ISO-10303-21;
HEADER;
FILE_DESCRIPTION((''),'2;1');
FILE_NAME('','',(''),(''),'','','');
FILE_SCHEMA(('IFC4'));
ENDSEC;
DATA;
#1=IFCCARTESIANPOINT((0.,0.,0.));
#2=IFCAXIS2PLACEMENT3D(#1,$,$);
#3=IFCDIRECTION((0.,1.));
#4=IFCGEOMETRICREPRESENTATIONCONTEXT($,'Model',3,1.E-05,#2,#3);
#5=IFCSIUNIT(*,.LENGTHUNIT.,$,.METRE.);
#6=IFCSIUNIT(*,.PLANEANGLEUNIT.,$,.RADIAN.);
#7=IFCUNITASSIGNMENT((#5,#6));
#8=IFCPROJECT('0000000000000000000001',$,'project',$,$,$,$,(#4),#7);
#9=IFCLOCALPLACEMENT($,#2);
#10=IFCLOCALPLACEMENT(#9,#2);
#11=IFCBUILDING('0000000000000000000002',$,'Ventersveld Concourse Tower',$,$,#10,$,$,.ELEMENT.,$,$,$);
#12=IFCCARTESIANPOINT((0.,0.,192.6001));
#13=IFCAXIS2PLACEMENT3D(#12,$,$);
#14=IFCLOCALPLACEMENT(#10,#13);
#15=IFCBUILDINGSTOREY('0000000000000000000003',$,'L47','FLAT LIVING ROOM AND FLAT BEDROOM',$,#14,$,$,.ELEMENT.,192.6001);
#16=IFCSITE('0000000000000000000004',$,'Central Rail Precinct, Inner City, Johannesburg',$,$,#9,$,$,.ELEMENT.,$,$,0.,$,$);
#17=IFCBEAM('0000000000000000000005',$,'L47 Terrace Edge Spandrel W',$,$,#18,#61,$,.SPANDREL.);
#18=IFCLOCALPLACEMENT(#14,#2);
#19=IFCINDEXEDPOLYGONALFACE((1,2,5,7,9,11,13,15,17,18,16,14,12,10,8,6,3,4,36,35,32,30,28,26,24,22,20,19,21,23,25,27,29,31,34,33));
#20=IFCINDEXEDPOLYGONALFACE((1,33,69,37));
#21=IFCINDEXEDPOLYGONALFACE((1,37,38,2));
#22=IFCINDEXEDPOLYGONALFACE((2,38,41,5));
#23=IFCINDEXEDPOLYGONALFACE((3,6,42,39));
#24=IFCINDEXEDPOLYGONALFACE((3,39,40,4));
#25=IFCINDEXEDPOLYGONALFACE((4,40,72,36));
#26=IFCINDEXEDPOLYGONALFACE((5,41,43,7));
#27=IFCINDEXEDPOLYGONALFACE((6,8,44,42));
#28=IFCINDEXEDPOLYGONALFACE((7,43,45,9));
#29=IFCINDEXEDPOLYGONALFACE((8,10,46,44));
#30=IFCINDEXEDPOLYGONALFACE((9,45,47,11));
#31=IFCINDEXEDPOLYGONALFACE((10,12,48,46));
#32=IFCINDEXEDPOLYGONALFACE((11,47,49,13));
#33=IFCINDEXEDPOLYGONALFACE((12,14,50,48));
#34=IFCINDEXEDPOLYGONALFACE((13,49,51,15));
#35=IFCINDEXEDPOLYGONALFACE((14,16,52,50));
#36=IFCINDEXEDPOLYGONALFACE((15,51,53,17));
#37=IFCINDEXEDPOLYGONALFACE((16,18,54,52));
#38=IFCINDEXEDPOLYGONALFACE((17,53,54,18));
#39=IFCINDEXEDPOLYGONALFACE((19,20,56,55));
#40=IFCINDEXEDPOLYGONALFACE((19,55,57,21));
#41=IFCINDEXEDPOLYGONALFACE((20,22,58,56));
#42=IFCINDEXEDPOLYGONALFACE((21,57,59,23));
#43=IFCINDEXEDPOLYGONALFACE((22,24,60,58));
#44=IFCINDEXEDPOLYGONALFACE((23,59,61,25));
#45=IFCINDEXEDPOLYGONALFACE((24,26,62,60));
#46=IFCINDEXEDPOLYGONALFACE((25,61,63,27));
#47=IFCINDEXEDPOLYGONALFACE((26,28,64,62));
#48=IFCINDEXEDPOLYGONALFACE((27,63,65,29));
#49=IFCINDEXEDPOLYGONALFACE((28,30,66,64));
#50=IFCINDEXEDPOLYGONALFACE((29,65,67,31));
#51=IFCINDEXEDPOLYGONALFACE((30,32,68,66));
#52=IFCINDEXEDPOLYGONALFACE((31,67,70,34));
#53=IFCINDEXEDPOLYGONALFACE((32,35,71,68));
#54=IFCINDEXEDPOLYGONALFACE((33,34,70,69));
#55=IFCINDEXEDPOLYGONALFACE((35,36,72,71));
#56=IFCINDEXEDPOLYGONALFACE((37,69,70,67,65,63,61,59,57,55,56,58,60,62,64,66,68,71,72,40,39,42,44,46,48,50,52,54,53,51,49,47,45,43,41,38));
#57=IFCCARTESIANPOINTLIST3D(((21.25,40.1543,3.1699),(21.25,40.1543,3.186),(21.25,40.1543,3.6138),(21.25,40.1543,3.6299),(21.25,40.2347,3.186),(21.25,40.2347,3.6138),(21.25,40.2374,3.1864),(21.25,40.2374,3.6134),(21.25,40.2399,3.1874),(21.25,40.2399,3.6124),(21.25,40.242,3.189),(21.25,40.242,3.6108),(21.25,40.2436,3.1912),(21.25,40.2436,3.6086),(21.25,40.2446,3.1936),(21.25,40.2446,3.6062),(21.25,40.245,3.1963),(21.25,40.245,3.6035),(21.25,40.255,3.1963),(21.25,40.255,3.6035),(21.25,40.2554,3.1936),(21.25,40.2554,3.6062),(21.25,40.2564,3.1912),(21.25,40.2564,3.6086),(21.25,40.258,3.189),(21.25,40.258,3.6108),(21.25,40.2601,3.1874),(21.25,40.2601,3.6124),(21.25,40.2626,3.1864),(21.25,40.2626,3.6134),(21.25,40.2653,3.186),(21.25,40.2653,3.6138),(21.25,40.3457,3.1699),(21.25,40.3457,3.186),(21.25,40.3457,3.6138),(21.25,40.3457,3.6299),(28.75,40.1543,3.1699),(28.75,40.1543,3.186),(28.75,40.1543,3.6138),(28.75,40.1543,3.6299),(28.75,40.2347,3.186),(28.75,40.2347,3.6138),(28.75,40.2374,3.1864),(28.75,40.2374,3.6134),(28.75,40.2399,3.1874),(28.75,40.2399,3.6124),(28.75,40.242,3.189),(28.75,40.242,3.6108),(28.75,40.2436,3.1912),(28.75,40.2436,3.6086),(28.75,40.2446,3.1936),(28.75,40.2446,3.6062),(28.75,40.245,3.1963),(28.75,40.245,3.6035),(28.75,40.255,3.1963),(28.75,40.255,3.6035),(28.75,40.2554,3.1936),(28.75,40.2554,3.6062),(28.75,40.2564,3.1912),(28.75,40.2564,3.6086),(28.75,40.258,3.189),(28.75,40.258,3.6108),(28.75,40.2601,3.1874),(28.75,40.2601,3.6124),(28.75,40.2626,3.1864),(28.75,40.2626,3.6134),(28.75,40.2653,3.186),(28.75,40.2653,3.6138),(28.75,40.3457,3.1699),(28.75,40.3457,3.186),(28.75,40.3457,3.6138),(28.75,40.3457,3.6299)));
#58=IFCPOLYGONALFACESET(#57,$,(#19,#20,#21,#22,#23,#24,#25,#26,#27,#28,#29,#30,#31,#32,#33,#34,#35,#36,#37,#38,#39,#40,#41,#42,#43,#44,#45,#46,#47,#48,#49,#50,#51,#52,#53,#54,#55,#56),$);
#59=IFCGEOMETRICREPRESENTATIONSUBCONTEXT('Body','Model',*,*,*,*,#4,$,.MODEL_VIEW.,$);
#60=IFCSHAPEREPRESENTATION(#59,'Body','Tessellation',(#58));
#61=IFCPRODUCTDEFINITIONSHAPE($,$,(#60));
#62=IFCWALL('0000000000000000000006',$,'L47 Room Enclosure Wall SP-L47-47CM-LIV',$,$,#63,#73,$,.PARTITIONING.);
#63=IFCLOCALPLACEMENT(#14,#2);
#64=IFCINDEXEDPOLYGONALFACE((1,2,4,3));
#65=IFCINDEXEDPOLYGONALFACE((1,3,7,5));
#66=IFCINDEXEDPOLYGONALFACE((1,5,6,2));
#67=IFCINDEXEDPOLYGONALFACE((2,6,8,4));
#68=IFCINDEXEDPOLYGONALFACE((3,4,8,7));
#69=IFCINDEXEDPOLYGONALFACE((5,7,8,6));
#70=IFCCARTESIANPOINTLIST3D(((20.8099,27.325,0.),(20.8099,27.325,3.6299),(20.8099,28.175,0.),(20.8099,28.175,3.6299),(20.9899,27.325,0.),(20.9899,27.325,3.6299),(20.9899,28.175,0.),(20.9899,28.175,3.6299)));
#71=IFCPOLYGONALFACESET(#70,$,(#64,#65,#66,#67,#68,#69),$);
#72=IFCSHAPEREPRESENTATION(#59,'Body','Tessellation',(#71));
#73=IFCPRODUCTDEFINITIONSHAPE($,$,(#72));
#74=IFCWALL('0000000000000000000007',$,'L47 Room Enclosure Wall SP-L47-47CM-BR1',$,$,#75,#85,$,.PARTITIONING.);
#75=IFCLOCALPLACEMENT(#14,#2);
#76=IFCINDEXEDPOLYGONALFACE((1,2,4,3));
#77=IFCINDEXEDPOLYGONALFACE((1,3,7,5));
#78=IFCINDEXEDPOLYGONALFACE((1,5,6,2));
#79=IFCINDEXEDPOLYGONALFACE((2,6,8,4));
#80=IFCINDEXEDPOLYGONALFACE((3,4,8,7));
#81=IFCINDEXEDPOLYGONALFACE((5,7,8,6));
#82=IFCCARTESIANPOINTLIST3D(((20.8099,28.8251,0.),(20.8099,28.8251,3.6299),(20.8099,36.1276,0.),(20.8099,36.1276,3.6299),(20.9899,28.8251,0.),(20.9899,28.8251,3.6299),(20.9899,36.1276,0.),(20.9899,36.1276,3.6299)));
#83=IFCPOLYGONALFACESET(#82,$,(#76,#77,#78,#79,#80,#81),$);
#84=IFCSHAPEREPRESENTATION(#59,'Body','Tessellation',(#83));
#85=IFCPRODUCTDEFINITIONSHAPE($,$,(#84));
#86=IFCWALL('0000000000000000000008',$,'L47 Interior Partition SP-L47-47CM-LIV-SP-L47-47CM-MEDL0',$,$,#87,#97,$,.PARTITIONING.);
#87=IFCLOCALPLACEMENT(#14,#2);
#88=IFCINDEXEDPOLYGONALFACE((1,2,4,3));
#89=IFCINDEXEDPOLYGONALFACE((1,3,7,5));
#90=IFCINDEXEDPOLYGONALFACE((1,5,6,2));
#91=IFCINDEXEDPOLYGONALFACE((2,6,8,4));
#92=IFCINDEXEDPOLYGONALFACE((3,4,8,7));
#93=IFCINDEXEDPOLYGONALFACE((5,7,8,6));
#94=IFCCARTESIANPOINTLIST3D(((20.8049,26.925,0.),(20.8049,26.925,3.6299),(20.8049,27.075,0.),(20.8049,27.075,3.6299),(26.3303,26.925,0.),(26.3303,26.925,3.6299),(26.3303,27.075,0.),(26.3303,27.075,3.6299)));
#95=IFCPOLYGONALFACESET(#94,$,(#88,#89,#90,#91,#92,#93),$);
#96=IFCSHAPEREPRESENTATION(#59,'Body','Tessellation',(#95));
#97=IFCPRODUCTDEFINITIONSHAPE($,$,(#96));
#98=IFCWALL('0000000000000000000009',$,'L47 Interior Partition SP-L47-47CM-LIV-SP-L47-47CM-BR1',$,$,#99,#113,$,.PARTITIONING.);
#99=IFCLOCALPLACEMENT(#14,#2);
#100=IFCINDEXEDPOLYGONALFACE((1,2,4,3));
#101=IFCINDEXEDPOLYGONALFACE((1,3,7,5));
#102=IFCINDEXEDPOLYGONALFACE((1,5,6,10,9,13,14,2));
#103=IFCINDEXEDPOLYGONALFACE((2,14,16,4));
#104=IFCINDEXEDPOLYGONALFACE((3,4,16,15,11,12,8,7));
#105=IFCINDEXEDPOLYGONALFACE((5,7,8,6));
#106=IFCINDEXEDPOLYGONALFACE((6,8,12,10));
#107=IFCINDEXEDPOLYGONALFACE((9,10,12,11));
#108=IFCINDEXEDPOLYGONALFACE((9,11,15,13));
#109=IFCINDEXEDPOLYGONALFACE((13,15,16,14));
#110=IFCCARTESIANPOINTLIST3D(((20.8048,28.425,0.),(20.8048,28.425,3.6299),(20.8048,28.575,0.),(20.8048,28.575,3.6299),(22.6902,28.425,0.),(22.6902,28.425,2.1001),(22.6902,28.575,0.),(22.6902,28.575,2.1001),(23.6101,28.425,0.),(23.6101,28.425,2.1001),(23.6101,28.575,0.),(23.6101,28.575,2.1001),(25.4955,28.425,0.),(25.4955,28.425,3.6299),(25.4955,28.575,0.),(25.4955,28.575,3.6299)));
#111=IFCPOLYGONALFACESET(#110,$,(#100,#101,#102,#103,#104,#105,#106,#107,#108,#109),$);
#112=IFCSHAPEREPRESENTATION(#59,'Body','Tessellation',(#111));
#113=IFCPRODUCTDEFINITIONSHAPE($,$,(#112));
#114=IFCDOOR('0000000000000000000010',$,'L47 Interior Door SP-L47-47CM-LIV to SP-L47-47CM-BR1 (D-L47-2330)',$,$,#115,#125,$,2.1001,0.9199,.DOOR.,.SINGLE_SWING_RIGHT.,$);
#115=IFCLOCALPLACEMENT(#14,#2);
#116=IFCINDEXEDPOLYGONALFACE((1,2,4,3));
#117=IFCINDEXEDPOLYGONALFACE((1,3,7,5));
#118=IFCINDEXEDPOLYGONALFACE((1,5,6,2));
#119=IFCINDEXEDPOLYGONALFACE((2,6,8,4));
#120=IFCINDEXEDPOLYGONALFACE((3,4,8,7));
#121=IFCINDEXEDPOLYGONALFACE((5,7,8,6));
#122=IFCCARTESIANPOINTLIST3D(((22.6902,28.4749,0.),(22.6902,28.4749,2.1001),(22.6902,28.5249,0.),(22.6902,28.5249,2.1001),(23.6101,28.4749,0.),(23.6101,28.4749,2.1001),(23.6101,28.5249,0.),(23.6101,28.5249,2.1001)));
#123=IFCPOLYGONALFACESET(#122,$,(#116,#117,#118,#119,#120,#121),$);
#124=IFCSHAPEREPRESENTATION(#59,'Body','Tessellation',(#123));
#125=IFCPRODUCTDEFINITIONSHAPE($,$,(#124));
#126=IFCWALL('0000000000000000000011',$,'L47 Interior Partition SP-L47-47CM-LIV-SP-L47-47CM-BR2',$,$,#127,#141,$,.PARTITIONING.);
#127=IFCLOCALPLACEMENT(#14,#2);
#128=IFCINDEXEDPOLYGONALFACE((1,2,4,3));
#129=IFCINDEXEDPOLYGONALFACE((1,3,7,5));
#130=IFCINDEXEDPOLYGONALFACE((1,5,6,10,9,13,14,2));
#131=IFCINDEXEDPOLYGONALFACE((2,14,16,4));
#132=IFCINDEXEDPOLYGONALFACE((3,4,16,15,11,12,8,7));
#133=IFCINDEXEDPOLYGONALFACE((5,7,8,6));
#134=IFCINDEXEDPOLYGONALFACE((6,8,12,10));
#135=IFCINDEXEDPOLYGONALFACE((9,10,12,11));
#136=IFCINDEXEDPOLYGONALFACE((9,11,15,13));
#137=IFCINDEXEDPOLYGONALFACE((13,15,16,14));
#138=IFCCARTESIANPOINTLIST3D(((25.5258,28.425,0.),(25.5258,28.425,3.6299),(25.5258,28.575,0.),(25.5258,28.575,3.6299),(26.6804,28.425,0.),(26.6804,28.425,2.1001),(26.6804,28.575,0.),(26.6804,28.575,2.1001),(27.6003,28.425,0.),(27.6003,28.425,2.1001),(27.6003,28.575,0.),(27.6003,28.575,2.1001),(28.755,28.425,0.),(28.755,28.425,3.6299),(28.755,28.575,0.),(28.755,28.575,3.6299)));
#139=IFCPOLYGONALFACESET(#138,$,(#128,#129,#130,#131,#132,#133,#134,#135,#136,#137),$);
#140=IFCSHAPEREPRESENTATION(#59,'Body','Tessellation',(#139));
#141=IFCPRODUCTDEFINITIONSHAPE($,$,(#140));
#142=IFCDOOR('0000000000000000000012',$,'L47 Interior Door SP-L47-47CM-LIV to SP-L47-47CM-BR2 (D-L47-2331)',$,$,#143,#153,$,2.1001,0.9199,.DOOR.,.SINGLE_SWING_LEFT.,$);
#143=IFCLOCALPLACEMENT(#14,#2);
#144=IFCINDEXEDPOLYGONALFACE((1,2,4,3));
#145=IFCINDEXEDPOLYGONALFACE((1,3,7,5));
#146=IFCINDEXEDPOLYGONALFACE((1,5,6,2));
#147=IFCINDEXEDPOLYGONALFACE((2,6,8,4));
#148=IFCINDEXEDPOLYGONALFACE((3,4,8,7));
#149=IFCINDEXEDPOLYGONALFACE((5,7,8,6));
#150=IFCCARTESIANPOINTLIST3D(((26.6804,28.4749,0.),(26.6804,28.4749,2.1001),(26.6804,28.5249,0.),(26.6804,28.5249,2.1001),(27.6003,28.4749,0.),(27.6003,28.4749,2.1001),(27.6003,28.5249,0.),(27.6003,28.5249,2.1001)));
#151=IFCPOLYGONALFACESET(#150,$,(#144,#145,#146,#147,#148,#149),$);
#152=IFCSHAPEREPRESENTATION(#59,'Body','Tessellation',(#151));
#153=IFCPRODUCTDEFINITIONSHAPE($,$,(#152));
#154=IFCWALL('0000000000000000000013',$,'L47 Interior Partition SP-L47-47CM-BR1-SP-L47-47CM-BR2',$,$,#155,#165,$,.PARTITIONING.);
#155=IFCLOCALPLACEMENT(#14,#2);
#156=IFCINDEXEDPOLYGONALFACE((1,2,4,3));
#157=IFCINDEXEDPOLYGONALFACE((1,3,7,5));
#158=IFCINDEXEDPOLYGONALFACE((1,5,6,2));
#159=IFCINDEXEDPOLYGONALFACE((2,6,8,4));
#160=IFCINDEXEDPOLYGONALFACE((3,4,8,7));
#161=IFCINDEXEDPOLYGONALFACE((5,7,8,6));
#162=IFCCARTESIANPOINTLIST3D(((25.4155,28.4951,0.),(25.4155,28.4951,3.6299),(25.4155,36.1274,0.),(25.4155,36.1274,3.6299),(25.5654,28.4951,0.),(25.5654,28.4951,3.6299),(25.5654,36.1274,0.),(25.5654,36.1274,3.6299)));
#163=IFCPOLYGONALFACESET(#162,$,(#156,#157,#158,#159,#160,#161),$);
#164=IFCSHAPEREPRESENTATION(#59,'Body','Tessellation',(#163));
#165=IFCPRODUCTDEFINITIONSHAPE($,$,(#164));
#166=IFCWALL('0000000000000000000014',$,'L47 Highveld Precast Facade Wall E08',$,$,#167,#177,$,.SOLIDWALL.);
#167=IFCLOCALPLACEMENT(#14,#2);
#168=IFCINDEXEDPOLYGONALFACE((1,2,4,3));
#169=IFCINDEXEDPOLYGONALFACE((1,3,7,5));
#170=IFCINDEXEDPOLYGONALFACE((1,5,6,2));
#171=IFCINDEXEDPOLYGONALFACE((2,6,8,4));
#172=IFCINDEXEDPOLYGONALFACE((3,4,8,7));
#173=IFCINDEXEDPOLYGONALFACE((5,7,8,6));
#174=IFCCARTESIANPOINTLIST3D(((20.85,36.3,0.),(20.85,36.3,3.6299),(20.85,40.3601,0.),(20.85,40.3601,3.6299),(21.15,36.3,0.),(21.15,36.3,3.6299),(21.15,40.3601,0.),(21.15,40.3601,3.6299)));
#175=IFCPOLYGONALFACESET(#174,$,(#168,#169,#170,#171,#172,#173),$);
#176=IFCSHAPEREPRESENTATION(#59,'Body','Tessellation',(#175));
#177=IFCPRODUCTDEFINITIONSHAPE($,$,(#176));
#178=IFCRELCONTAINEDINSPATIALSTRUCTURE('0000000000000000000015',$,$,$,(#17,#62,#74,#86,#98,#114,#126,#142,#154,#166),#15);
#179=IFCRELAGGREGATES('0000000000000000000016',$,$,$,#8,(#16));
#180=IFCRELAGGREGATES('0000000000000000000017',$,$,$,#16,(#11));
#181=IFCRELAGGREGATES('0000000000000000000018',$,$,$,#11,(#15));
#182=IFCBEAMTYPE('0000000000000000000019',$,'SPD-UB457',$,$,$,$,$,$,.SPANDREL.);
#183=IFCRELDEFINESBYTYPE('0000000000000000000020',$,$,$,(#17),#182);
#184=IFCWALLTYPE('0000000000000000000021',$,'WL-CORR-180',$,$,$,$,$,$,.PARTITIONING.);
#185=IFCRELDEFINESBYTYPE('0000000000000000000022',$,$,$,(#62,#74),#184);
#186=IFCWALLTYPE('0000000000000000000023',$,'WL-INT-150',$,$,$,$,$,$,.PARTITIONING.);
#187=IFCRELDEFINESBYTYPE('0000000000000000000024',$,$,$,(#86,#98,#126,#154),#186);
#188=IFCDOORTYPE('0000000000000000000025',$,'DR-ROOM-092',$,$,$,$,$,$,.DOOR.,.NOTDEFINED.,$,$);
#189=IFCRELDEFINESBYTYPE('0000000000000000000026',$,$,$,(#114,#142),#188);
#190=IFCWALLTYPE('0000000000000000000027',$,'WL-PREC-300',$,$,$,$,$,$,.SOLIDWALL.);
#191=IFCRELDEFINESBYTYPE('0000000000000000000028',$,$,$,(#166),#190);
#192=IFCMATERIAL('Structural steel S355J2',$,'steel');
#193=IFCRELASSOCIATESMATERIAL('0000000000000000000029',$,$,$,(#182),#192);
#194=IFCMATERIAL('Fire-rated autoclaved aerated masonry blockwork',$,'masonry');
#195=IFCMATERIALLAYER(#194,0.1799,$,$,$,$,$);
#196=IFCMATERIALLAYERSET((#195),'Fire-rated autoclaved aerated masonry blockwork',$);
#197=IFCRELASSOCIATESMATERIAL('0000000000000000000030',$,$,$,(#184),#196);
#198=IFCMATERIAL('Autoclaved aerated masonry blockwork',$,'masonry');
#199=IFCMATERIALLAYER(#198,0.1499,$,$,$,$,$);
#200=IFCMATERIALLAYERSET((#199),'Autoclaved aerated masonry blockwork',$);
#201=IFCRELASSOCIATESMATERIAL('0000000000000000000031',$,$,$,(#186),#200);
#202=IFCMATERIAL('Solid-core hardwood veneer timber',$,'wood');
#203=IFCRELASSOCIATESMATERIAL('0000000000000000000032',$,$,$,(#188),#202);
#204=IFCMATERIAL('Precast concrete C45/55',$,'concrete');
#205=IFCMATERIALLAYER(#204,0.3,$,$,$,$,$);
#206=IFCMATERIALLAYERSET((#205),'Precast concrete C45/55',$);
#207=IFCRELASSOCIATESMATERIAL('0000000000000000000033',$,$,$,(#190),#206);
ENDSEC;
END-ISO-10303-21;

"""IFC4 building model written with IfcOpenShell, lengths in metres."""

from ifc_helpers import new_model, si_unit, direction, frame, frame_2d, origin, origin_2d, place, context, subcontext, project, spatial, rectangle, i_section, extrude, material, layer, layer_set, material_profile, profile_set, type_object, element, fill, save


model = new_model("IFC4")

# Units and contexts
model_context = context("Model", 3, precision=1e-05, world=origin(), true_north=direction((0.0, 1.0)))
body_context = subcontext(model_context, "Body", "Model", "MODEL_VIEW")
ifc_project = project(units=[si_unit("LENGTHUNIT", "METRE"), si_unit("PLANEANGLEUNIT", "RADIAN")], contexts=[model_context])

# Site, building, storey
site_placement = place(None, origin())
site = spatial("IfcSite", under=ifc_project, at=site_placement, Name="Central Rail Precinct, Inner City, Johannesburg", CompositionType="ELEMENT", RefElevation=0.0)
building_placement = place(site_placement, origin())
building = spatial("IfcBuilding", under=site, at=building_placement, Name="Ventersveld Concourse Tower", CompositionType="ELEMENT")
storey_placement = place(building_placement, frame((0.0, 0.0, 192.6001)))
storey = spatial("IfcBuildingStorey", under=building, at=storey_placement, Name="L47", Description="FLAT LIVING ROOM AND FLAT BEDROOM", CompositionType="ELEMENT", Elevation=192.6001)

# Beam
ifc_material_1 = material(Name="Structural steel S355J2", Category="steel")
ifc_material_profile_1 = material_profile(ifc_material_1, i_section(OverallWidth=0.1914, OverallDepth=0.46, WebThickness=0.01, FlangeThickness=0.0161, FilletRadius=0.0103, at=origin_2d()), Name="UB 457x191x82")
ifc_profile_set_1 = profile_set([ifc_material_profile_1], Name="Structural steel S355J2")
beam_type_1 = type_object("IfcBeamType", Name="SPD-UB457", PredefinedType="SPANDREL", material=ifc_profile_set_1)
beam_1_placement = place(storey_placement, frame((21.25, 40.25, 3.3999), z_axis=(1.0, 0.0, 0.0), x_axis=(0.0, 1.0, 0.0)))
element("IfcBeam", 1, at=beam_1_placement, inside=storey, type_object=beam_type_1, Name="L47 Terrace Edge Spandrel W", PredefinedType="SPANDREL", context=body_context, shape_type="SweptSolid", body=[
    extrude(i_section(OverallWidth=0.1914, OverallDepth=0.46, WebThickness=0.01, FlangeThickness=0.0161, FilletRadius=0.0103, at=origin_2d()), origin(), (0.0, 0.0, 1.0), 7.5),
])

# Walls
ifc_material_2 = material(Name="Fire-rated autoclaved aerated masonry blockwork", Category="masonry")
ifc_layer_1 = layer(ifc_material_2, 0.1799)
ifc_layer_set_1 = layer_set([ifc_layer_1], Name="Fire-rated autoclaved aerated masonry blockwork")
wall_type_1 = type_object("IfcWallType", Name="WL-CORR-180", PredefinedType="PARTITIONING", material=ifc_layer_set_1)
wall_1_placement = place(storey_placement, frame((20.8999, 27.325, 0.0), z_axis=(0.0, 0.0, 1.0), x_axis=(0.0, 1.0, 0.0)))
element("IfcWall", 2, at=wall_1_placement, inside=storey, type_object=wall_type_1, Name="L47 Room Enclosure Wall SP-L47-47CM-LIV", PredefinedType="PARTITIONING", context=body_context, shape_type="SweptSolid", body=[
    extrude(rectangle(XDim=0.8501, YDim=0.1799, at=frame_2d((0.425, 0.0))), origin(), (0.0, 0.0, 1.0), 3.6299),
])
wall_2_placement = place(storey_placement, frame((20.8999, 28.825, 0.0), z_axis=(0.0, 0.0, 1.0), x_axis=(0.0, 1.0, 0.0)))
element("IfcWall", 3, at=wall_2_placement, inside=storey, type_object=wall_type_1, Name="L47 Room Enclosure Wall SP-L47-47CM-BR1", PredefinedType="PARTITIONING", context=body_context, shape_type="SweptSolid", body=[
    extrude(rectangle(XDim=7.3025, YDim=0.1799, at=frame_2d((3.6514, 0.0))), origin(), (0.0, 0.0, 1.0), 3.6299),
])
ifc_material_3 = material(Name="Autoclaved aerated masonry blockwork", Category="masonry")
ifc_layer_2 = layer(ifc_material_3, 0.1499)
ifc_layer_set_2 = layer_set([ifc_layer_2], Name="Autoclaved aerated masonry blockwork")
wall_type_2 = type_object("IfcWallType", Name="WL-INT-150", PredefinedType="PARTITIONING", material=ifc_layer_set_2)
wall_3_placement = place(storey_placement, frame((20.8049, 27.0, 0.0), z_axis=(0.0, 0.0, 1.0), x_axis=(1.0, 0.0, 0.0)))
element("IfcWall", 4, at=wall_3_placement, inside=storey, type_object=wall_type_2, Name="L47 Interior Partition SP-L47-47CM-LIV-SP-L47-47CM-MEDL0", PredefinedType="PARTITIONING", context=body_context, shape_type="SweptSolid", body=[
    extrude(rectangle(XDim=5.5254, YDim=0.1499, at=frame_2d((2.7627, 0.0))), origin(), (0.0, 0.0, 1.0), 3.6299),
])

# Walls, openings, doors
wall_4_placement = place(storey_placement, frame((20.8049, 28.5, 0.0), z_axis=(0.0, 0.0, 1.0), x_axis=(1.0, 0.0, 0.0)))
wall_4 = element("IfcWall", 5, at=wall_4_placement, inside=storey, type_object=wall_type_2, Name="L47 Interior Partition SP-L47-47CM-LIV-SP-L47-47CM-BR1", PredefinedType="PARTITIONING", context=body_context, shape_type="SweptSolid", body=[
    extrude(rectangle(XDim=4.6907, YDim=0.1499, at=frame_2d((2.3452, 0.0))), origin(), (0.0, 0.0, 1.0), 3.6299),
])
opening_1_placement = place(wall_4_placement, frame((1.8853, 0.0, 0.0)))
opening_1 = element("IfcOpeningElement", 6, at=opening_1_placement, cuts=wall_4, PredefinedType="OPENING", context=body_context, shape_type="SweptSolid", body=[
    extrude(rectangle(XDim=0.9199, YDim=2.1001, at=frame_2d((0.46, 1.05))), frame((0.0, 0.085, 0.0), z_axis=(0.0, -1.0, 0.0), x_axis=(1.0, 0.0, 0.0)), (0.0, 0.0, 1.0), 0.1699),
])
ifc_material_4 = material(Name="Solid-core hardwood veneer timber", Category="wood")
door_type = type_object("IfcDoorType", Name="DR-ROOM-092", OperationType="NOTDEFINED", PredefinedType="DOOR", material=ifc_material_4)
door_1_placement = place(opening_1_placement, origin())
door_1 = element("IfcDoor", 7, at=door_1_placement, inside=storey, type_object=door_type, Name="L47 Interior Door SP-L47-47CM-LIV to SP-L47-47CM-BR1 (D-L47-2330)", OperationType="SINGLE_SWING_RIGHT", OverallHeight=2.1001, OverallWidth=0.9199, PredefinedType="DOOR", context=body_context, shape_type="SweptSolid", body=[
    extrude(rectangle(XDim=0.9199, YDim=2.1001, at=frame_2d((0.46, 1.05))), frame((0.0, 0.0249, 0.0), z_axis=(0.0, -1.0, 0.0), x_axis=(1.0, 0.0, 0.0)), (0.0, 0.0, 1.0), 0.05),
])
fill(opening_1, door_1)
wall_5_placement = place(storey_placement, frame((25.5256, 28.5, 0.0), z_axis=(0.0, 0.0, 1.0), x_axis=(1.0, 0.0, 0.0)))
wall_5 = element("IfcWall", 8, at=wall_5_placement, inside=storey, type_object=wall_type_2, Name="L47 Interior Partition SP-L47-47CM-LIV-SP-L47-47CM-BR2", PredefinedType="PARTITIONING", context=body_context, shape_type="SweptSolid", body=[
    extrude(rectangle(XDim=3.2292, YDim=0.1499, at=frame_2d((1.6147, 0.0))), origin(), (0.0, 0.0, 1.0), 3.6299),
])
opening_2_placement = place(wall_5_placement, frame((1.1548, 0.0, 0.0)))
opening_2 = element("IfcOpeningElement", 9, at=opening_2_placement, cuts=wall_5, PredefinedType="OPENING", context=body_context, shape_type="SweptSolid", body=[
    extrude(rectangle(XDim=0.9199, YDim=2.1001, at=frame_2d((0.46, 1.05))), frame((0.0, 0.085, 0.0), z_axis=(0.0, -1.0, 0.0), x_axis=(1.0, 0.0, 0.0)), (0.0, 0.0, 1.0), 0.1699),
])
door_2_placement = place(opening_2_placement, origin())
door_2 = element("IfcDoor", 10, at=door_2_placement, inside=storey, type_object=door_type, Name="L47 Interior Door SP-L47-47CM-LIV to SP-L47-47CM-BR2 (D-L47-2331)", OperationType="SINGLE_SWING_LEFT", OverallHeight=2.1001, OverallWidth=0.9199, PredefinedType="DOOR", context=body_context, shape_type="SweptSolid", body=[
    extrude(rectangle(XDim=0.9199, YDim=2.1001, at=frame_2d((0.46, 1.05))), frame((0.0, 0.0249, 0.0), z_axis=(0.0, -1.0, 0.0), x_axis=(1.0, 0.0, 0.0)), (0.0, 0.0, 1.0), 0.05),
])
fill(opening_2, door_2)

# Walls
wall_6_placement = place(storey_placement, frame((25.4905, 28.4951, 0.0), z_axis=(0.0, 0.0, 1.0), x_axis=(0.0, 1.0, 0.0)))
element("IfcWall", 11, at=wall_6_placement, inside=storey, type_object=wall_type_2, Name="L47 Interior Partition SP-L47-47CM-BR1-SP-L47-47CM-BR2", PredefinedType="PARTITIONING", context=body_context, shape_type="SweptSolid", body=[
    extrude(rectangle(XDim=7.6323, YDim=0.1499, at=frame_2d((3.8162, 0.0))), origin(), (0.0, 0.0, 1.0), 3.6299),
])
ifc_material_5 = material(Name="Precast concrete C45/55", Category="concrete")
ifc_layer_3 = layer(ifc_material_5, 0.3)
ifc_layer_set_3 = layer_set([ifc_layer_3], Name="Precast concrete C45/55")
wall_type_3 = type_object("IfcWallType", Name="WL-PREC-300", PredefinedType="SOLIDWALL", material=ifc_layer_set_3)
wall_7_placement = place(storey_placement, frame((21.0, 36.3, 0.0), z_axis=(0.0, 0.0, 1.0), x_axis=(0.0, 1.0, 0.0)))
element("IfcWall", 12, at=wall_7_placement, inside=storey, type_object=wall_type_3, Name="L47 Highveld Precast Facade Wall E08", PredefinedType="SOLIDWALL", context=body_context, shape_type="SweptSolid", body=[
    extrude(rectangle(XDim=4.0601, YDim=0.3, at=frame_2d((2.03, 0.0))), origin(), (0.0, 0.0, 1.0), 3.6299),
])

save(model, "model.ifc")
